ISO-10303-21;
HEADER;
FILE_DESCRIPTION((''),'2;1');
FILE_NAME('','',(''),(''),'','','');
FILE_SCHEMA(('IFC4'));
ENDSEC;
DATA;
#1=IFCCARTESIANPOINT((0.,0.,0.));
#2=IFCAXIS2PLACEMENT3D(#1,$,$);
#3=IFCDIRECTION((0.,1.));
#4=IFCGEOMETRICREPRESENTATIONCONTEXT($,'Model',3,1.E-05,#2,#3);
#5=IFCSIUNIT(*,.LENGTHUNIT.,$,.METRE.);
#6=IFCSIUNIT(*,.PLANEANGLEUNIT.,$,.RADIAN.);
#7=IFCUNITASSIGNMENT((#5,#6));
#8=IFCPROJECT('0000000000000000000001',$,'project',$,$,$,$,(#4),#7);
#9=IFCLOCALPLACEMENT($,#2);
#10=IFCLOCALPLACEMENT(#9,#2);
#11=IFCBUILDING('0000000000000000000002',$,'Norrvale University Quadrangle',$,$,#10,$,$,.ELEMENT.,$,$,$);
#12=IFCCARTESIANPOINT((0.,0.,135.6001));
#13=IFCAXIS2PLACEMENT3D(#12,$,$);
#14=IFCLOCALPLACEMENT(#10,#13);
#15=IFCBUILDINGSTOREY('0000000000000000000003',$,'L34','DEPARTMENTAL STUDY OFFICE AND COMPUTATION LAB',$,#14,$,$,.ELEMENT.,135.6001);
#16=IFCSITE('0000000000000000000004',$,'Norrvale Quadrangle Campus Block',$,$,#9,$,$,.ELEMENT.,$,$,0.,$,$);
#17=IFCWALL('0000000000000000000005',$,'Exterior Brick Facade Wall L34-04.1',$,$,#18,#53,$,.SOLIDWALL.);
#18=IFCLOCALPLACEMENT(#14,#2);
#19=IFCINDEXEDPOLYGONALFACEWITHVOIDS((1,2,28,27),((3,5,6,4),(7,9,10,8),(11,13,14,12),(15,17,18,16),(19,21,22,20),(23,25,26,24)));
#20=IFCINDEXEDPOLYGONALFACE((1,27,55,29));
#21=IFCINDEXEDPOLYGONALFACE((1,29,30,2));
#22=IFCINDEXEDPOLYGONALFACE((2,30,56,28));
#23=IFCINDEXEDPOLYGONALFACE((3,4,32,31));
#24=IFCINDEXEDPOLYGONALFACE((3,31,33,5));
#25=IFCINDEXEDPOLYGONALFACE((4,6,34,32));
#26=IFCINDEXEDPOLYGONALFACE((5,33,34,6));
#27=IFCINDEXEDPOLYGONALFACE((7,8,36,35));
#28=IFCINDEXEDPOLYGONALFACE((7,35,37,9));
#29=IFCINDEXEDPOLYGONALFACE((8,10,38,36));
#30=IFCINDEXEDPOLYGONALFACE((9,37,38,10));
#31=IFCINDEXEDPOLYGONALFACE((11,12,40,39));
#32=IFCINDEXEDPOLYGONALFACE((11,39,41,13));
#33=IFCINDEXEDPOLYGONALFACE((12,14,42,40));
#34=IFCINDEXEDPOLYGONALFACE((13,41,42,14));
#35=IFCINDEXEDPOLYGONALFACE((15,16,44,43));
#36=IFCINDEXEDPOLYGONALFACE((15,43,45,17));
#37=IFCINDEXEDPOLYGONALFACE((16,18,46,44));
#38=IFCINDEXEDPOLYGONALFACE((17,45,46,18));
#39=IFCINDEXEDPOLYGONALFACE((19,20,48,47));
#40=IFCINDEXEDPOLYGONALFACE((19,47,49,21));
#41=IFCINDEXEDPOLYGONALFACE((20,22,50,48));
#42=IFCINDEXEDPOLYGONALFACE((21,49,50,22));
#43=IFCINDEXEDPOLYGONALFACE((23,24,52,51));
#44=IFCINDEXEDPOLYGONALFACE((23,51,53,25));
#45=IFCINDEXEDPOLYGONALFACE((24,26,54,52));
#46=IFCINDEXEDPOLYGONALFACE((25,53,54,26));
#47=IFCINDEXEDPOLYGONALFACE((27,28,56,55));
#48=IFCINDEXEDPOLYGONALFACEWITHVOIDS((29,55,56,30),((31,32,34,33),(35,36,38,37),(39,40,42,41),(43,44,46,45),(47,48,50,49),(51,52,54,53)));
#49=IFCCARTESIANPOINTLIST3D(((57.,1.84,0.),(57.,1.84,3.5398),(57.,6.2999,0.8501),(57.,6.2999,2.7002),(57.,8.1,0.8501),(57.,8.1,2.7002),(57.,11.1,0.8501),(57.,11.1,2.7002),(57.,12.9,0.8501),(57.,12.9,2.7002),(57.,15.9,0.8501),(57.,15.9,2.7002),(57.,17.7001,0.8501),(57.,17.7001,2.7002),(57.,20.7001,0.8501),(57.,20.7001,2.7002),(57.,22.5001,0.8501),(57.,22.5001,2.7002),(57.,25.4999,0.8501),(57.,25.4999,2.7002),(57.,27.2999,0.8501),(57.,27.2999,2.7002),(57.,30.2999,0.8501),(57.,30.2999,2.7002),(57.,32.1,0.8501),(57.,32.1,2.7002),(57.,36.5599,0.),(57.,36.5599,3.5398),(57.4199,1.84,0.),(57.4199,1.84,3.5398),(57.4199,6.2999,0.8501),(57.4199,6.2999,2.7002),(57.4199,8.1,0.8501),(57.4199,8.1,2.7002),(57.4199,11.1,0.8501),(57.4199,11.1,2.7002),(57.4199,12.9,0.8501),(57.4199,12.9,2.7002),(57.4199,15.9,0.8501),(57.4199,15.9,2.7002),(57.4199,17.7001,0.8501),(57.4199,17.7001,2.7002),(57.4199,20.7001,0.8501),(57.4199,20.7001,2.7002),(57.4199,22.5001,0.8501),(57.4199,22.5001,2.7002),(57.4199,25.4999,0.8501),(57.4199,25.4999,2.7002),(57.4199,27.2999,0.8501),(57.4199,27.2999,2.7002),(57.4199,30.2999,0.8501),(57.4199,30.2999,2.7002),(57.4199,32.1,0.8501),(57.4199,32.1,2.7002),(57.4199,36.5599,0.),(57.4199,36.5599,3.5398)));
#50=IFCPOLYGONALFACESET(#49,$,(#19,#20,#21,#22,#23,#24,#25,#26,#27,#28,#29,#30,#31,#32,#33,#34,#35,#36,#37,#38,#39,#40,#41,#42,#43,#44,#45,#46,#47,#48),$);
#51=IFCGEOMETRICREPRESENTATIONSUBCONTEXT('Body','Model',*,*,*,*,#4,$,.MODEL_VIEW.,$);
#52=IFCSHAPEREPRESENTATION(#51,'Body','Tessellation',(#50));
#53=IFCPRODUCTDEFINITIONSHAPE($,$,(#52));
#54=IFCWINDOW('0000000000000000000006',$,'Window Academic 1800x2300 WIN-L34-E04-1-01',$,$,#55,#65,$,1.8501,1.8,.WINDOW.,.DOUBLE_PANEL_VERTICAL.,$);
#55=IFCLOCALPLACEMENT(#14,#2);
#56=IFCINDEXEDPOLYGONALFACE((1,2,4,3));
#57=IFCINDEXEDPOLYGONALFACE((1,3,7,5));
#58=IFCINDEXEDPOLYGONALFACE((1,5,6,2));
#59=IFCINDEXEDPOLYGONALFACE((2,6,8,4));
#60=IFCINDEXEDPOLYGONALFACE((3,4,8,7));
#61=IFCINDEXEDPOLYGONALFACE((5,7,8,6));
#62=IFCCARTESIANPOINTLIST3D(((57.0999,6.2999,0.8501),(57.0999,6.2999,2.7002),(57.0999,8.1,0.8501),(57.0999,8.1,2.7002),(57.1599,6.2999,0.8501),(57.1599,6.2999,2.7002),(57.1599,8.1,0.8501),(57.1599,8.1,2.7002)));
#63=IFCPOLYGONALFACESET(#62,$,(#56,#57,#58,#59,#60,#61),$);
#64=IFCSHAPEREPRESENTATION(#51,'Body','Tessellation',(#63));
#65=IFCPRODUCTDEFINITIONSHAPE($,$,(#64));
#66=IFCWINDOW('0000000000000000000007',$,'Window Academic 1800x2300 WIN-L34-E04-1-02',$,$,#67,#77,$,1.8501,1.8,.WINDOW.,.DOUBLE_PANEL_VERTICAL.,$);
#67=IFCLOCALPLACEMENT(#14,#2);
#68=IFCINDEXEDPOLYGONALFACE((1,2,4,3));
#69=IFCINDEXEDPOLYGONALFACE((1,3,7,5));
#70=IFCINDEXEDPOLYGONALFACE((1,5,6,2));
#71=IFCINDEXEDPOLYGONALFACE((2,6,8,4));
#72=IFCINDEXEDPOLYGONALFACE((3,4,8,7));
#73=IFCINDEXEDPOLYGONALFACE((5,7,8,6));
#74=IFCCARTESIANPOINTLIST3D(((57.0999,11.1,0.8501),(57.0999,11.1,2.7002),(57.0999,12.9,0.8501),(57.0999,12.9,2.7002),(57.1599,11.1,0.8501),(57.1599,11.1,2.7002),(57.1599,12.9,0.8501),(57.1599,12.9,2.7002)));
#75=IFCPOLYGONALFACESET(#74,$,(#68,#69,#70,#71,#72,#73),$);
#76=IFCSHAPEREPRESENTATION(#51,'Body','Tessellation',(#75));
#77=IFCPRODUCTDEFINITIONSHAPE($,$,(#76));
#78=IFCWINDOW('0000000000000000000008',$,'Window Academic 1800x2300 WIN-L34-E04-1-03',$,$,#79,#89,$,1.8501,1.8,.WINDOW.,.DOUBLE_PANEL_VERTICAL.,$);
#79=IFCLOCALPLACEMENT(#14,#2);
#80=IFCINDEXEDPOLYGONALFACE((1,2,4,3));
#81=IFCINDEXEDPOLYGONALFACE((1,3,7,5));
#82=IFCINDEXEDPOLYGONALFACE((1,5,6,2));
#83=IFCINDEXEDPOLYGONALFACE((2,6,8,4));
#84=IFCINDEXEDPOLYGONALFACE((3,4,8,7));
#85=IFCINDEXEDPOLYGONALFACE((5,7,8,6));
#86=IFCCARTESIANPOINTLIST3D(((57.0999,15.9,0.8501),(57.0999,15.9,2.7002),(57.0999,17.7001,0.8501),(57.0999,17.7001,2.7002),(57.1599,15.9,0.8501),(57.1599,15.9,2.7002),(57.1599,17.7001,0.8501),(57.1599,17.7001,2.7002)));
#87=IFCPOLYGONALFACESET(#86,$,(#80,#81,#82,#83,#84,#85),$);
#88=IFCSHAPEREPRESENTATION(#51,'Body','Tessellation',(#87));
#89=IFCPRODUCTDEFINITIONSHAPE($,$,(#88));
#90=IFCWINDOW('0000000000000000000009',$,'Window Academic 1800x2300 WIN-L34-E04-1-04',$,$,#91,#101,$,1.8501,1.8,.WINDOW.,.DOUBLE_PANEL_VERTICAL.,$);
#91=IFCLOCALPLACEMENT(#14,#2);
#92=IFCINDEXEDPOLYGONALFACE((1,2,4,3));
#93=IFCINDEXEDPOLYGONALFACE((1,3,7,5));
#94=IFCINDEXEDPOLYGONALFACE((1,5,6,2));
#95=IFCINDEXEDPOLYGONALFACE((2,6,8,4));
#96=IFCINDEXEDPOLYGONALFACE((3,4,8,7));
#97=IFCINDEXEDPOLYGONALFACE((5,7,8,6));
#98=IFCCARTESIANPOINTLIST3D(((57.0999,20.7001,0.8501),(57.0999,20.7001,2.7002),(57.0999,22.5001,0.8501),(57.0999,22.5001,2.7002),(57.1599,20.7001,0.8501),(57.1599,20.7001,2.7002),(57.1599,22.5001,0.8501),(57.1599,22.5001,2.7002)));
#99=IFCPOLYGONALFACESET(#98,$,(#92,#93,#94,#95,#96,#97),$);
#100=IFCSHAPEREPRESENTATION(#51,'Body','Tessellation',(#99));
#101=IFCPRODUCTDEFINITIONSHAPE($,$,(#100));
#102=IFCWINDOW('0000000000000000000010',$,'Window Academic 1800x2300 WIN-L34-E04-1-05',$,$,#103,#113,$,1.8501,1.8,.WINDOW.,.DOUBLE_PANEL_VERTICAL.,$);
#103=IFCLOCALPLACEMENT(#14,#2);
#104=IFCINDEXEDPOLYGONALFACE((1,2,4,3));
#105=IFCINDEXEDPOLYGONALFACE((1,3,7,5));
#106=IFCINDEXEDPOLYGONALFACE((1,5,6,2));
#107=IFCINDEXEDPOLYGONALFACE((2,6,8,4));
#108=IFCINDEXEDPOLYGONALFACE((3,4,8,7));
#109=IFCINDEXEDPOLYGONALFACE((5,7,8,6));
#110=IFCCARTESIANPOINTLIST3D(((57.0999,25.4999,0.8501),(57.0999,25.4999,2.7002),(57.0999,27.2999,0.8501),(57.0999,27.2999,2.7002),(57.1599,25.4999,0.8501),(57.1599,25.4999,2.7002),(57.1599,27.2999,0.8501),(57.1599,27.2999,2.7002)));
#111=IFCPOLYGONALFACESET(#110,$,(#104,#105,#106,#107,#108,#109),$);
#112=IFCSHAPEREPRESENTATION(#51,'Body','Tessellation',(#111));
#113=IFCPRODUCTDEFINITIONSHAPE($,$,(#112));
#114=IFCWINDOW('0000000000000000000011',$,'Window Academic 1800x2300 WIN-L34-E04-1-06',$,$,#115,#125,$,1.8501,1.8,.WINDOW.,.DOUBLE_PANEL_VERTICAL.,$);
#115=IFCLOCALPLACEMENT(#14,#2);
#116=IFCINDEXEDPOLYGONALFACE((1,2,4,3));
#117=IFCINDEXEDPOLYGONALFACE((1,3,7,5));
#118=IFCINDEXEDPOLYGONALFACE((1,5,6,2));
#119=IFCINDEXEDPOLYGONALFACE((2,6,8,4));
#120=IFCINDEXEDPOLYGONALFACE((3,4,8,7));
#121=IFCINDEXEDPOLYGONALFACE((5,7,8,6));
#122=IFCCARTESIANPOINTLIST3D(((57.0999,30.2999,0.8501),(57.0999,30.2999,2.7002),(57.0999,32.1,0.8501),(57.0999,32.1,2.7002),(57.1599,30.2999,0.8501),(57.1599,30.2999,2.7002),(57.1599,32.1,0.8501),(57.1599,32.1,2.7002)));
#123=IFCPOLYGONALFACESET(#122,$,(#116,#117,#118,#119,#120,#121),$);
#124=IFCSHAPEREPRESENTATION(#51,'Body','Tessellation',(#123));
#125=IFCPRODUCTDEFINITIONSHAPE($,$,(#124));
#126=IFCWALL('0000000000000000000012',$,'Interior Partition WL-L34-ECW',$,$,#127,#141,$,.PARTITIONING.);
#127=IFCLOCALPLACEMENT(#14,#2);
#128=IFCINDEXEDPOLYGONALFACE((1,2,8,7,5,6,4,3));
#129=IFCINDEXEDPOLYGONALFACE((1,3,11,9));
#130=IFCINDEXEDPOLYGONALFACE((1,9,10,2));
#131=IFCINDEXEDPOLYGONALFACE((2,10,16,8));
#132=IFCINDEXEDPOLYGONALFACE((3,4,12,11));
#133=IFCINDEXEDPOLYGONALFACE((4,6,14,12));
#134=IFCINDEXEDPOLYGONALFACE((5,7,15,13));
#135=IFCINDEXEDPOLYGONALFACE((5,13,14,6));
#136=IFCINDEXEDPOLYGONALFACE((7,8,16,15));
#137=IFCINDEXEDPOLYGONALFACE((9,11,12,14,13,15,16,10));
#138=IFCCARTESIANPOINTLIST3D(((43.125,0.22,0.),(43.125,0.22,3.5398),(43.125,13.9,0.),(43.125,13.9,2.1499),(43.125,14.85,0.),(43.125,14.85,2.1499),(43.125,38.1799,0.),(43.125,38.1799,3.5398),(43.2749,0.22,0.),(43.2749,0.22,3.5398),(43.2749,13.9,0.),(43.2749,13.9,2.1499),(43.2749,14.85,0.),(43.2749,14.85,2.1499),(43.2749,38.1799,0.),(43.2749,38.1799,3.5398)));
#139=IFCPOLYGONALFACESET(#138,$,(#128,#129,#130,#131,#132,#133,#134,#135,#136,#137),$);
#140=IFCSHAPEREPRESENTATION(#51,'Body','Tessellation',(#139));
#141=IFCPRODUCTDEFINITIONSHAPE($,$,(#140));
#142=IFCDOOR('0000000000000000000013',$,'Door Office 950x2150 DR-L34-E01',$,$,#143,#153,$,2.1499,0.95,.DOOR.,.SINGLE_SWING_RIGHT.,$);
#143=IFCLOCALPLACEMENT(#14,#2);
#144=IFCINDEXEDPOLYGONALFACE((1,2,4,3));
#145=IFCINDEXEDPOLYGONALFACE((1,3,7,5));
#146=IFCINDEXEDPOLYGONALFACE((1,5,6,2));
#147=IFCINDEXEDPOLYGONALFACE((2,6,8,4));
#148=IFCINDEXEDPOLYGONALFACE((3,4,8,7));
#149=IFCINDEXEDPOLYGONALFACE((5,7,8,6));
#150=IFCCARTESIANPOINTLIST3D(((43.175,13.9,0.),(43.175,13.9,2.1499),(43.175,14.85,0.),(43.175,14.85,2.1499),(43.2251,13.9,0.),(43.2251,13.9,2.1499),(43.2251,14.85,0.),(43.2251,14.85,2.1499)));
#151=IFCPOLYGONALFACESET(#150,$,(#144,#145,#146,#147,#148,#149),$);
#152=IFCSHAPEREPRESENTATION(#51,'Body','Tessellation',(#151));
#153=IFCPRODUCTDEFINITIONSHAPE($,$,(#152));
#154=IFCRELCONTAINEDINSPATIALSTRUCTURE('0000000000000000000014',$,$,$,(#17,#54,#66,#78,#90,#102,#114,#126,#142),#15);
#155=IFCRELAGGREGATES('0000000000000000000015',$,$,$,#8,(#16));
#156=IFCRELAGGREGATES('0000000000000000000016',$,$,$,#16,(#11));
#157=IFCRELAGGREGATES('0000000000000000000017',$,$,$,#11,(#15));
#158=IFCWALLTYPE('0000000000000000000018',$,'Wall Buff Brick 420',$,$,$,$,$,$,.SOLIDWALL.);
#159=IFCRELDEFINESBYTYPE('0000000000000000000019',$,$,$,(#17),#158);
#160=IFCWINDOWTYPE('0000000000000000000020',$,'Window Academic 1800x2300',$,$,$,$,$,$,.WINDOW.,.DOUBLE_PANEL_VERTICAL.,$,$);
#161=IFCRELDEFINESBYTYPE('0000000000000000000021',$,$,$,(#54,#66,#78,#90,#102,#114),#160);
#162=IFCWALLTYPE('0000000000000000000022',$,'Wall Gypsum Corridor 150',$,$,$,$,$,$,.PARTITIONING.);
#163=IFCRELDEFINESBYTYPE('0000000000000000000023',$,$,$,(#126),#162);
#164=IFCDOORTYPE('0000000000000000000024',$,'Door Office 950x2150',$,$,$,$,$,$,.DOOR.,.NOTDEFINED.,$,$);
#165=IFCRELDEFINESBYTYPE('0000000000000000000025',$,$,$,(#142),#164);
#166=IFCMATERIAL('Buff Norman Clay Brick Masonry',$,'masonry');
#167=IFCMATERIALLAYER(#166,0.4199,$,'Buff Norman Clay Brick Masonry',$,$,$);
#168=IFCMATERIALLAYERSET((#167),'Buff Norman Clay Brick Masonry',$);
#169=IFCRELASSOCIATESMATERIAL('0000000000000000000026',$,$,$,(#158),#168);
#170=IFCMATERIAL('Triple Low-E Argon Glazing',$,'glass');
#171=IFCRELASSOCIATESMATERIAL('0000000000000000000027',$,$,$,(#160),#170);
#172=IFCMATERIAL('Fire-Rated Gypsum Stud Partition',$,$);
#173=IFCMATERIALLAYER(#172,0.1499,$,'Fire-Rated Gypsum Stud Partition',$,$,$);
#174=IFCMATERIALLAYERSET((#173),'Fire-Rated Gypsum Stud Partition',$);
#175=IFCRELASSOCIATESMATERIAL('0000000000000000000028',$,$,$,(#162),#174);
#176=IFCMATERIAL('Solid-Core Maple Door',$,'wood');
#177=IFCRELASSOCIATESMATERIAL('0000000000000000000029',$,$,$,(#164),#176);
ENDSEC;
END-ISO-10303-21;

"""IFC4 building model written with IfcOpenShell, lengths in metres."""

from ifc_helpers import new_model, si_unit, direction, frame, frame_2d, origin, place, context, subcontext, project, spatial, rectangle, extrude, material, layer, layer_set, type_object, element, fill, save


model = new_model("IFC4")

# Units and contexts
model_context = context("Model", 3, precision=1e-05, world=origin(), true_north=direction((0.0, 1.0)))
body_context = subcontext(model_context, "Body", "Model", "MODEL_VIEW")
ifc_project = project(units=[si_unit("LENGTHUNIT", "METRE"), si_unit("PLANEANGLEUNIT", "RADIAN")], contexts=[model_context])

# Site, building, storey
site_placement = place(None, origin())
site = spatial("IfcSite", under=ifc_project, at=site_placement, Name="Norrvale Quadrangle Campus Block", CompositionType="ELEMENT", RefElevation=0.0)
building_placement = place(site_placement, origin())
building = spatial("IfcBuilding", under=site, at=building_placement, Name="Norrvale University Quadrangle", CompositionType="ELEMENT")
storey_placement = place(building_placement, frame((0.0, 0.0, 135.6001)))
storey = spatial("IfcBuildingStorey", under=building, at=storey_placement, Name="L34", Description="DEPARTMENTAL STUDY OFFICE AND COMPUTATION LAB", CompositionType="ELEMENT", Elevation=135.6001)

# Shared definitions
ifc_material_1 = material(Name="Buff Norman Clay Brick Masonry", Category="masonry")
ifc_layer_1 = layer(ifc_material_1, 0.4199, Name="Buff Norman Clay Brick Masonry")
ifc_layer_set_1 = layer_set([ifc_layer_1], Name="Buff Norman Clay Brick Masonry")
wall_type_1 = type_object("IfcWallType", Name="Wall Buff Brick 420", PredefinedType="SOLIDWALL", material=ifc_layer_set_1)

# Wall, openings, windows
wall_1_placement = place(storey_placement, frame((57.21, 1.8401, 0.0), z_axis=(0.0, 0.0, 1.0), x_axis=(0.0, 1.0, 0.0)))
wall_1 = element("IfcWall", 1, at=wall_1_placement, inside=storey, type_object=wall_type_1, Name="Exterior Brick Facade Wall L34-04.1", PredefinedType="SOLIDWALL", context=body_context, shape_type="SweptSolid", body=[
    extrude(rectangle(XDim=34.72, YDim=0.4199, at=frame_2d((17.3599, 0.0))), origin(), (0.0, 0.0, 1.0), 3.5398),
])
opening_1_placement = place(wall_1_placement, frame((4.46, 0.0, 0.8501)))
opening_1 = element("IfcOpeningElement", 2, at=opening_1_placement, cuts=wall_1, PredefinedType="OPENING", context=body_context, shape_type="SweptSolid", body=[
    extrude(rectangle(XDim=1.8, YDim=1.8501, at=frame_2d((0.8999, 0.925))), frame((0.0, 0.2219, 0.0), z_axis=(0.0, -1.0, 0.0), x_axis=(1.0, 0.0, 0.0)), (0.0, 0.0, 1.0), 0.4438),
])
opening_2_placement = place(wall_1_placement, frame((9.26, 0.0, 0.8501)))
opening_2 = element("IfcOpeningElement", 3, at=opening_2_placement, cuts=wall_1, PredefinedType="OPENING", context=body_context, shape_type="SweptSolid", body=[
    extrude(rectangle(XDim=1.8, YDim=1.8501, at=frame_2d((0.8999, 0.925))), frame((0.0, 0.2219, 0.0), z_axis=(0.0, -1.0, 0.0), x_axis=(1.0, 0.0, 0.0)), (0.0, 0.0, 1.0), 0.4438),
])
opening_3_placement = place(wall_1_placement, frame((14.0601, 0.0, 0.8501)))
opening_3 = element("IfcOpeningElement", 4, at=opening_3_placement, cuts=wall_1, PredefinedType="OPENING", context=body_context, shape_type="SweptSolid", body=[
    extrude(rectangle(XDim=1.8, YDim=1.8501, at=frame_2d((0.8999, 0.925))), frame((0.0, 0.2219, 0.0), z_axis=(0.0, -1.0, 0.0), x_axis=(1.0, 0.0, 0.0)), (0.0, 0.0, 1.0), 0.4438),
])
opening_4_placement = place(wall_1_placement, frame((18.8601, 0.0, 0.8501)))
opening_4 = element("IfcOpeningElement", 5, at=opening_4_placement, cuts=wall_1, PredefinedType="OPENING", context=body_context, shape_type="SweptSolid", body=[
    extrude(rectangle(XDim=1.8, YDim=1.8501, at=frame_2d((0.8999, 0.925))), frame((0.0, 0.2219, 0.0), z_axis=(0.0, -1.0, 0.0), x_axis=(1.0, 0.0, 0.0)), (0.0, 0.0, 1.0), 0.4438),
])
opening_5_placement = place(wall_1_placement, frame((23.6599, 0.0, 0.8501)))
opening_5 = element("IfcOpeningElement", 6, at=opening_5_placement, cuts=wall_1, PredefinedType="OPENING", context=body_context, shape_type="SweptSolid", body=[
    extrude(rectangle(XDim=1.8, YDim=1.8501, at=frame_2d((0.8999, 0.925))), frame((0.0, 0.2219, 0.0), z_axis=(0.0, -1.0, 0.0), x_axis=(1.0, 0.0, 0.0)), (0.0, 0.0, 1.0), 0.4438),
])
opening_6_placement = place(wall_1_placement, frame((28.46, 0.0, 0.8501)))
opening_6 = element("IfcOpeningElement", 7, at=opening_6_placement, cuts=wall_1, PredefinedType="OPENING", context=body_context, shape_type="SweptSolid", body=[
    extrude(rectangle(XDim=1.8, YDim=1.8501, at=frame_2d((0.8999, 0.925))), frame((0.0, 0.2219, 0.0), z_axis=(0.0, -1.0, 0.0), x_axis=(1.0, 0.0, 0.0)), (0.0, 0.0, 1.0), 0.4438),
])
ifc_material_2 = material(Name="Triple Low-E Argon Glazing", Category="glass")
window_type = type_object("IfcWindowType", Name="Window Academic 1800x2300", PartitioningType="DOUBLE_PANEL_VERTICAL", PredefinedType="WINDOW", material=ifc_material_2)
window_1_placement = place(opening_1_placement, origin())
window_1 = element("IfcWindow", 8, at=window_1_placement, inside=storey, type_object=window_type, Name="Window Academic 1800x2300 WIN-L34-E04-1-01", OverallHeight=1.8501, OverallWidth=1.8, PartitioningType="DOUBLE_PANEL_VERTICAL", PredefinedType="WINDOW", context=body_context, shape_type="SweptSolid", body=[
    extrude(rectangle(XDim=1.8, YDim=1.8501, at=frame_2d((0.8999, 0.925))), frame((0.0, 0.1101, 0.0), z_axis=(0.0, -1.0, 0.0), x_axis=(1.0, 0.0, 0.0)), (0.0, 0.0, 1.0), 0.0601),
])
fill(opening_1, window_1)
window_2_placement = place(opening_2_placement, origin())
window_2 = element("IfcWindow", 9, at=window_2_placement, inside=storey, type_object=window_type, Name="Window Academic 1800x2300 WIN-L34-E04-1-02", OverallHeight=1.8501, OverallWidth=1.8, PartitioningType="DOUBLE_PANEL_VERTICAL", PredefinedType="WINDOW", context=body_context, shape_type="SweptSolid", body=[
    extrude(rectangle(XDim=1.8, YDim=1.8501, at=frame_2d((0.8999, 0.925))), frame((0.0, 0.1101, 0.0), z_axis=(0.0, -1.0, 0.0), x_axis=(1.0, 0.0, 0.0)), (0.0, 0.0, 1.0), 0.0601),
])
fill(opening_2, window_2)
window_3_placement = place(opening_3_placement, origin())
window_3 = element("IfcWindow", 10, at=window_3_placement, inside=storey, type_object=window_type, Name="Window Academic 1800x2300 WIN-L34-E04-1-03", OverallHeight=1.8501, OverallWidth=1.8, PartitioningType="DOUBLE_PANEL_VERTICAL", PredefinedType="WINDOW", context=body_context, shape_type="SweptSolid", body=[
    extrude(rectangle(XDim=1.8, YDim=1.8501, at=frame_2d((0.8999, 0.925))), frame((0.0, 0.1101, 0.0), z_axis=(0.0, -1.0, 0.0), x_axis=(1.0, 0.0, 0.0)), (0.0, 0.0, 1.0), 0.0601),
])
fill(opening_3, window_3)
window_4_placement = place(opening_4_placement, origin())
window_4 = element("IfcWindow", 11, at=window_4_placement, inside=storey, type_object=window_type, Name="Window Academic 1800x2300 WIN-L34-E04-1-04", OverallHeight=1.8501, OverallWidth=1.8, PartitioningType="DOUBLE_PANEL_VERTICAL", PredefinedType="WINDOW", context=body_context, shape_type="SweptSolid", body=[
    extrude(rectangle(XDim=1.8, YDim=1.8501, at=frame_2d((0.8999, 0.925))), frame((0.0, 0.1101, 0.0), z_axis=(0.0, -1.0, 0.0), x_axis=(1.0, 0.0, 0.0)), (0.0, 0.0, 1.0), 0.0601),
])
fill(opening_4, window_4)
window_5_placement = place(opening_5_placement, origin())
window_5 = element("IfcWindow", 12, at=window_5_placement, inside=storey, type_object=window_type, Name="Window Academic 1800x2300 WIN-L34-E04-1-05", OverallHeight=1.8501, OverallWidth=1.8, PartitioningType="DOUBLE_PANEL_VERTICAL", PredefinedType="WINDOW", context=body_context, shape_type="SweptSolid", body=[
    extrude(rectangle(XDim=1.8, YDim=1.8501, at=frame_2d((0.8999, 0.925))), frame((0.0, 0.1101, 0.0), z_axis=(0.0, -1.0, 0.0), x_axis=(1.0, 0.0, 0.0)), (0.0, 0.0, 1.0), 0.0601),
])
fill(opening_5, window_5)
window_6_placement = place(opening_6_placement, origin())
window_6 = element("IfcWindow", 13, at=window_6_placement, inside=storey, type_object=window_type, Name="Window Academic 1800x2300 WIN-L34-E04-1-06", OverallHeight=1.8501, OverallWidth=1.8, PartitioningType="DOUBLE_PANEL_VERTICAL", PredefinedType="WINDOW", context=body_context, shape_type="SweptSolid", body=[
    extrude(rectangle(XDim=1.8, YDim=1.8501, at=frame_2d((0.8999, 0.925))), frame((0.0, 0.1101, 0.0), z_axis=(0.0, -1.0, 0.0), x_axis=(1.0, 0.0, 0.0)), (0.0, 0.0, 1.0), 0.0601),
])
fill(opening_6, window_6)

# Wall, opening, door
ifc_material_3 = material(Name="Fire-Rated Gypsum Stud Partition")
ifc_layer_2 = layer(ifc_material_3, 0.1499, Name="Fire-Rated Gypsum Stud Partition")
ifc_layer_set_2 = layer_set([ifc_layer_2], Name="Fire-Rated Gypsum Stud Partition")
wall_type_2 = type_object("IfcWallType", Name="Wall Gypsum Corridor 150", PredefinedType="PARTITIONING", material=ifc_layer_set_2)
wall_2_placement = place(storey_placement, frame((43.2, 0.22, 0.0), z_axis=(0.0, 0.0, 1.0), x_axis=(0.0, 1.0, 0.0)))
wall_2 = element("IfcWall", 14, at=wall_2_placement, inside=storey, type_object=wall_type_2, Name="Interior Partition WL-L34-ECW", PredefinedType="PARTITIONING", context=body_context, shape_type="SweptSolid", body=[
    extrude(rectangle(XDim=37.96, YDim=0.1499, at=frame_2d((18.98, 0.0))), origin(), (0.0, 0.0, 1.0), 3.5398),
])
opening_7_placement = place(wall_2_placement, frame((13.6799, 0.0, 0.0)))
opening_7 = element("IfcOpeningElement", 15, at=opening_7_placement, cuts=wall_2, PredefinedType="OPENING", context=body_context, shape_type="SweptSolid", body=[
    extrude(rectangle(XDim=0.95, YDim=2.1499, at=frame_2d((0.4751, 1.075))), frame((0.0, 0.0869, 0.0), z_axis=(0.0, -1.0, 0.0), x_axis=(1.0, 0.0, 0.0)), (0.0, 0.0, 1.0), 0.1738),
])
ifc_material_4 = material(Name="Solid-Core Maple Door", Category="wood")
door_type = type_object("IfcDoorType", Name="Door Office 950x2150", OperationType="NOTDEFINED", PredefinedType="DOOR", material=ifc_material_4)
door_placement = place(opening_7_placement, origin())
door = element("IfcDoor", 16, at=door_placement, inside=storey, type_object=door_type, Name="Door Office 950x2150 DR-L34-E01", OperationType="SINGLE_SWING_RIGHT", OverallHeight=2.1499, OverallWidth=0.95, PredefinedType="DOOR", context=body_context, shape_type="SweptSolid", body=[
    extrude(rectangle(XDim=0.95, YDim=2.1499, at=frame_2d((0.4751, 1.075))), frame((0.0, 0.0249, 0.0), z_axis=(0.0, -1.0, 0.0), x_axis=(1.0, 0.0, 0.0)), (0.0, 0.0, 1.0), 0.05),
])
fill(opening_7, door)

save(model, "model.ifc")
